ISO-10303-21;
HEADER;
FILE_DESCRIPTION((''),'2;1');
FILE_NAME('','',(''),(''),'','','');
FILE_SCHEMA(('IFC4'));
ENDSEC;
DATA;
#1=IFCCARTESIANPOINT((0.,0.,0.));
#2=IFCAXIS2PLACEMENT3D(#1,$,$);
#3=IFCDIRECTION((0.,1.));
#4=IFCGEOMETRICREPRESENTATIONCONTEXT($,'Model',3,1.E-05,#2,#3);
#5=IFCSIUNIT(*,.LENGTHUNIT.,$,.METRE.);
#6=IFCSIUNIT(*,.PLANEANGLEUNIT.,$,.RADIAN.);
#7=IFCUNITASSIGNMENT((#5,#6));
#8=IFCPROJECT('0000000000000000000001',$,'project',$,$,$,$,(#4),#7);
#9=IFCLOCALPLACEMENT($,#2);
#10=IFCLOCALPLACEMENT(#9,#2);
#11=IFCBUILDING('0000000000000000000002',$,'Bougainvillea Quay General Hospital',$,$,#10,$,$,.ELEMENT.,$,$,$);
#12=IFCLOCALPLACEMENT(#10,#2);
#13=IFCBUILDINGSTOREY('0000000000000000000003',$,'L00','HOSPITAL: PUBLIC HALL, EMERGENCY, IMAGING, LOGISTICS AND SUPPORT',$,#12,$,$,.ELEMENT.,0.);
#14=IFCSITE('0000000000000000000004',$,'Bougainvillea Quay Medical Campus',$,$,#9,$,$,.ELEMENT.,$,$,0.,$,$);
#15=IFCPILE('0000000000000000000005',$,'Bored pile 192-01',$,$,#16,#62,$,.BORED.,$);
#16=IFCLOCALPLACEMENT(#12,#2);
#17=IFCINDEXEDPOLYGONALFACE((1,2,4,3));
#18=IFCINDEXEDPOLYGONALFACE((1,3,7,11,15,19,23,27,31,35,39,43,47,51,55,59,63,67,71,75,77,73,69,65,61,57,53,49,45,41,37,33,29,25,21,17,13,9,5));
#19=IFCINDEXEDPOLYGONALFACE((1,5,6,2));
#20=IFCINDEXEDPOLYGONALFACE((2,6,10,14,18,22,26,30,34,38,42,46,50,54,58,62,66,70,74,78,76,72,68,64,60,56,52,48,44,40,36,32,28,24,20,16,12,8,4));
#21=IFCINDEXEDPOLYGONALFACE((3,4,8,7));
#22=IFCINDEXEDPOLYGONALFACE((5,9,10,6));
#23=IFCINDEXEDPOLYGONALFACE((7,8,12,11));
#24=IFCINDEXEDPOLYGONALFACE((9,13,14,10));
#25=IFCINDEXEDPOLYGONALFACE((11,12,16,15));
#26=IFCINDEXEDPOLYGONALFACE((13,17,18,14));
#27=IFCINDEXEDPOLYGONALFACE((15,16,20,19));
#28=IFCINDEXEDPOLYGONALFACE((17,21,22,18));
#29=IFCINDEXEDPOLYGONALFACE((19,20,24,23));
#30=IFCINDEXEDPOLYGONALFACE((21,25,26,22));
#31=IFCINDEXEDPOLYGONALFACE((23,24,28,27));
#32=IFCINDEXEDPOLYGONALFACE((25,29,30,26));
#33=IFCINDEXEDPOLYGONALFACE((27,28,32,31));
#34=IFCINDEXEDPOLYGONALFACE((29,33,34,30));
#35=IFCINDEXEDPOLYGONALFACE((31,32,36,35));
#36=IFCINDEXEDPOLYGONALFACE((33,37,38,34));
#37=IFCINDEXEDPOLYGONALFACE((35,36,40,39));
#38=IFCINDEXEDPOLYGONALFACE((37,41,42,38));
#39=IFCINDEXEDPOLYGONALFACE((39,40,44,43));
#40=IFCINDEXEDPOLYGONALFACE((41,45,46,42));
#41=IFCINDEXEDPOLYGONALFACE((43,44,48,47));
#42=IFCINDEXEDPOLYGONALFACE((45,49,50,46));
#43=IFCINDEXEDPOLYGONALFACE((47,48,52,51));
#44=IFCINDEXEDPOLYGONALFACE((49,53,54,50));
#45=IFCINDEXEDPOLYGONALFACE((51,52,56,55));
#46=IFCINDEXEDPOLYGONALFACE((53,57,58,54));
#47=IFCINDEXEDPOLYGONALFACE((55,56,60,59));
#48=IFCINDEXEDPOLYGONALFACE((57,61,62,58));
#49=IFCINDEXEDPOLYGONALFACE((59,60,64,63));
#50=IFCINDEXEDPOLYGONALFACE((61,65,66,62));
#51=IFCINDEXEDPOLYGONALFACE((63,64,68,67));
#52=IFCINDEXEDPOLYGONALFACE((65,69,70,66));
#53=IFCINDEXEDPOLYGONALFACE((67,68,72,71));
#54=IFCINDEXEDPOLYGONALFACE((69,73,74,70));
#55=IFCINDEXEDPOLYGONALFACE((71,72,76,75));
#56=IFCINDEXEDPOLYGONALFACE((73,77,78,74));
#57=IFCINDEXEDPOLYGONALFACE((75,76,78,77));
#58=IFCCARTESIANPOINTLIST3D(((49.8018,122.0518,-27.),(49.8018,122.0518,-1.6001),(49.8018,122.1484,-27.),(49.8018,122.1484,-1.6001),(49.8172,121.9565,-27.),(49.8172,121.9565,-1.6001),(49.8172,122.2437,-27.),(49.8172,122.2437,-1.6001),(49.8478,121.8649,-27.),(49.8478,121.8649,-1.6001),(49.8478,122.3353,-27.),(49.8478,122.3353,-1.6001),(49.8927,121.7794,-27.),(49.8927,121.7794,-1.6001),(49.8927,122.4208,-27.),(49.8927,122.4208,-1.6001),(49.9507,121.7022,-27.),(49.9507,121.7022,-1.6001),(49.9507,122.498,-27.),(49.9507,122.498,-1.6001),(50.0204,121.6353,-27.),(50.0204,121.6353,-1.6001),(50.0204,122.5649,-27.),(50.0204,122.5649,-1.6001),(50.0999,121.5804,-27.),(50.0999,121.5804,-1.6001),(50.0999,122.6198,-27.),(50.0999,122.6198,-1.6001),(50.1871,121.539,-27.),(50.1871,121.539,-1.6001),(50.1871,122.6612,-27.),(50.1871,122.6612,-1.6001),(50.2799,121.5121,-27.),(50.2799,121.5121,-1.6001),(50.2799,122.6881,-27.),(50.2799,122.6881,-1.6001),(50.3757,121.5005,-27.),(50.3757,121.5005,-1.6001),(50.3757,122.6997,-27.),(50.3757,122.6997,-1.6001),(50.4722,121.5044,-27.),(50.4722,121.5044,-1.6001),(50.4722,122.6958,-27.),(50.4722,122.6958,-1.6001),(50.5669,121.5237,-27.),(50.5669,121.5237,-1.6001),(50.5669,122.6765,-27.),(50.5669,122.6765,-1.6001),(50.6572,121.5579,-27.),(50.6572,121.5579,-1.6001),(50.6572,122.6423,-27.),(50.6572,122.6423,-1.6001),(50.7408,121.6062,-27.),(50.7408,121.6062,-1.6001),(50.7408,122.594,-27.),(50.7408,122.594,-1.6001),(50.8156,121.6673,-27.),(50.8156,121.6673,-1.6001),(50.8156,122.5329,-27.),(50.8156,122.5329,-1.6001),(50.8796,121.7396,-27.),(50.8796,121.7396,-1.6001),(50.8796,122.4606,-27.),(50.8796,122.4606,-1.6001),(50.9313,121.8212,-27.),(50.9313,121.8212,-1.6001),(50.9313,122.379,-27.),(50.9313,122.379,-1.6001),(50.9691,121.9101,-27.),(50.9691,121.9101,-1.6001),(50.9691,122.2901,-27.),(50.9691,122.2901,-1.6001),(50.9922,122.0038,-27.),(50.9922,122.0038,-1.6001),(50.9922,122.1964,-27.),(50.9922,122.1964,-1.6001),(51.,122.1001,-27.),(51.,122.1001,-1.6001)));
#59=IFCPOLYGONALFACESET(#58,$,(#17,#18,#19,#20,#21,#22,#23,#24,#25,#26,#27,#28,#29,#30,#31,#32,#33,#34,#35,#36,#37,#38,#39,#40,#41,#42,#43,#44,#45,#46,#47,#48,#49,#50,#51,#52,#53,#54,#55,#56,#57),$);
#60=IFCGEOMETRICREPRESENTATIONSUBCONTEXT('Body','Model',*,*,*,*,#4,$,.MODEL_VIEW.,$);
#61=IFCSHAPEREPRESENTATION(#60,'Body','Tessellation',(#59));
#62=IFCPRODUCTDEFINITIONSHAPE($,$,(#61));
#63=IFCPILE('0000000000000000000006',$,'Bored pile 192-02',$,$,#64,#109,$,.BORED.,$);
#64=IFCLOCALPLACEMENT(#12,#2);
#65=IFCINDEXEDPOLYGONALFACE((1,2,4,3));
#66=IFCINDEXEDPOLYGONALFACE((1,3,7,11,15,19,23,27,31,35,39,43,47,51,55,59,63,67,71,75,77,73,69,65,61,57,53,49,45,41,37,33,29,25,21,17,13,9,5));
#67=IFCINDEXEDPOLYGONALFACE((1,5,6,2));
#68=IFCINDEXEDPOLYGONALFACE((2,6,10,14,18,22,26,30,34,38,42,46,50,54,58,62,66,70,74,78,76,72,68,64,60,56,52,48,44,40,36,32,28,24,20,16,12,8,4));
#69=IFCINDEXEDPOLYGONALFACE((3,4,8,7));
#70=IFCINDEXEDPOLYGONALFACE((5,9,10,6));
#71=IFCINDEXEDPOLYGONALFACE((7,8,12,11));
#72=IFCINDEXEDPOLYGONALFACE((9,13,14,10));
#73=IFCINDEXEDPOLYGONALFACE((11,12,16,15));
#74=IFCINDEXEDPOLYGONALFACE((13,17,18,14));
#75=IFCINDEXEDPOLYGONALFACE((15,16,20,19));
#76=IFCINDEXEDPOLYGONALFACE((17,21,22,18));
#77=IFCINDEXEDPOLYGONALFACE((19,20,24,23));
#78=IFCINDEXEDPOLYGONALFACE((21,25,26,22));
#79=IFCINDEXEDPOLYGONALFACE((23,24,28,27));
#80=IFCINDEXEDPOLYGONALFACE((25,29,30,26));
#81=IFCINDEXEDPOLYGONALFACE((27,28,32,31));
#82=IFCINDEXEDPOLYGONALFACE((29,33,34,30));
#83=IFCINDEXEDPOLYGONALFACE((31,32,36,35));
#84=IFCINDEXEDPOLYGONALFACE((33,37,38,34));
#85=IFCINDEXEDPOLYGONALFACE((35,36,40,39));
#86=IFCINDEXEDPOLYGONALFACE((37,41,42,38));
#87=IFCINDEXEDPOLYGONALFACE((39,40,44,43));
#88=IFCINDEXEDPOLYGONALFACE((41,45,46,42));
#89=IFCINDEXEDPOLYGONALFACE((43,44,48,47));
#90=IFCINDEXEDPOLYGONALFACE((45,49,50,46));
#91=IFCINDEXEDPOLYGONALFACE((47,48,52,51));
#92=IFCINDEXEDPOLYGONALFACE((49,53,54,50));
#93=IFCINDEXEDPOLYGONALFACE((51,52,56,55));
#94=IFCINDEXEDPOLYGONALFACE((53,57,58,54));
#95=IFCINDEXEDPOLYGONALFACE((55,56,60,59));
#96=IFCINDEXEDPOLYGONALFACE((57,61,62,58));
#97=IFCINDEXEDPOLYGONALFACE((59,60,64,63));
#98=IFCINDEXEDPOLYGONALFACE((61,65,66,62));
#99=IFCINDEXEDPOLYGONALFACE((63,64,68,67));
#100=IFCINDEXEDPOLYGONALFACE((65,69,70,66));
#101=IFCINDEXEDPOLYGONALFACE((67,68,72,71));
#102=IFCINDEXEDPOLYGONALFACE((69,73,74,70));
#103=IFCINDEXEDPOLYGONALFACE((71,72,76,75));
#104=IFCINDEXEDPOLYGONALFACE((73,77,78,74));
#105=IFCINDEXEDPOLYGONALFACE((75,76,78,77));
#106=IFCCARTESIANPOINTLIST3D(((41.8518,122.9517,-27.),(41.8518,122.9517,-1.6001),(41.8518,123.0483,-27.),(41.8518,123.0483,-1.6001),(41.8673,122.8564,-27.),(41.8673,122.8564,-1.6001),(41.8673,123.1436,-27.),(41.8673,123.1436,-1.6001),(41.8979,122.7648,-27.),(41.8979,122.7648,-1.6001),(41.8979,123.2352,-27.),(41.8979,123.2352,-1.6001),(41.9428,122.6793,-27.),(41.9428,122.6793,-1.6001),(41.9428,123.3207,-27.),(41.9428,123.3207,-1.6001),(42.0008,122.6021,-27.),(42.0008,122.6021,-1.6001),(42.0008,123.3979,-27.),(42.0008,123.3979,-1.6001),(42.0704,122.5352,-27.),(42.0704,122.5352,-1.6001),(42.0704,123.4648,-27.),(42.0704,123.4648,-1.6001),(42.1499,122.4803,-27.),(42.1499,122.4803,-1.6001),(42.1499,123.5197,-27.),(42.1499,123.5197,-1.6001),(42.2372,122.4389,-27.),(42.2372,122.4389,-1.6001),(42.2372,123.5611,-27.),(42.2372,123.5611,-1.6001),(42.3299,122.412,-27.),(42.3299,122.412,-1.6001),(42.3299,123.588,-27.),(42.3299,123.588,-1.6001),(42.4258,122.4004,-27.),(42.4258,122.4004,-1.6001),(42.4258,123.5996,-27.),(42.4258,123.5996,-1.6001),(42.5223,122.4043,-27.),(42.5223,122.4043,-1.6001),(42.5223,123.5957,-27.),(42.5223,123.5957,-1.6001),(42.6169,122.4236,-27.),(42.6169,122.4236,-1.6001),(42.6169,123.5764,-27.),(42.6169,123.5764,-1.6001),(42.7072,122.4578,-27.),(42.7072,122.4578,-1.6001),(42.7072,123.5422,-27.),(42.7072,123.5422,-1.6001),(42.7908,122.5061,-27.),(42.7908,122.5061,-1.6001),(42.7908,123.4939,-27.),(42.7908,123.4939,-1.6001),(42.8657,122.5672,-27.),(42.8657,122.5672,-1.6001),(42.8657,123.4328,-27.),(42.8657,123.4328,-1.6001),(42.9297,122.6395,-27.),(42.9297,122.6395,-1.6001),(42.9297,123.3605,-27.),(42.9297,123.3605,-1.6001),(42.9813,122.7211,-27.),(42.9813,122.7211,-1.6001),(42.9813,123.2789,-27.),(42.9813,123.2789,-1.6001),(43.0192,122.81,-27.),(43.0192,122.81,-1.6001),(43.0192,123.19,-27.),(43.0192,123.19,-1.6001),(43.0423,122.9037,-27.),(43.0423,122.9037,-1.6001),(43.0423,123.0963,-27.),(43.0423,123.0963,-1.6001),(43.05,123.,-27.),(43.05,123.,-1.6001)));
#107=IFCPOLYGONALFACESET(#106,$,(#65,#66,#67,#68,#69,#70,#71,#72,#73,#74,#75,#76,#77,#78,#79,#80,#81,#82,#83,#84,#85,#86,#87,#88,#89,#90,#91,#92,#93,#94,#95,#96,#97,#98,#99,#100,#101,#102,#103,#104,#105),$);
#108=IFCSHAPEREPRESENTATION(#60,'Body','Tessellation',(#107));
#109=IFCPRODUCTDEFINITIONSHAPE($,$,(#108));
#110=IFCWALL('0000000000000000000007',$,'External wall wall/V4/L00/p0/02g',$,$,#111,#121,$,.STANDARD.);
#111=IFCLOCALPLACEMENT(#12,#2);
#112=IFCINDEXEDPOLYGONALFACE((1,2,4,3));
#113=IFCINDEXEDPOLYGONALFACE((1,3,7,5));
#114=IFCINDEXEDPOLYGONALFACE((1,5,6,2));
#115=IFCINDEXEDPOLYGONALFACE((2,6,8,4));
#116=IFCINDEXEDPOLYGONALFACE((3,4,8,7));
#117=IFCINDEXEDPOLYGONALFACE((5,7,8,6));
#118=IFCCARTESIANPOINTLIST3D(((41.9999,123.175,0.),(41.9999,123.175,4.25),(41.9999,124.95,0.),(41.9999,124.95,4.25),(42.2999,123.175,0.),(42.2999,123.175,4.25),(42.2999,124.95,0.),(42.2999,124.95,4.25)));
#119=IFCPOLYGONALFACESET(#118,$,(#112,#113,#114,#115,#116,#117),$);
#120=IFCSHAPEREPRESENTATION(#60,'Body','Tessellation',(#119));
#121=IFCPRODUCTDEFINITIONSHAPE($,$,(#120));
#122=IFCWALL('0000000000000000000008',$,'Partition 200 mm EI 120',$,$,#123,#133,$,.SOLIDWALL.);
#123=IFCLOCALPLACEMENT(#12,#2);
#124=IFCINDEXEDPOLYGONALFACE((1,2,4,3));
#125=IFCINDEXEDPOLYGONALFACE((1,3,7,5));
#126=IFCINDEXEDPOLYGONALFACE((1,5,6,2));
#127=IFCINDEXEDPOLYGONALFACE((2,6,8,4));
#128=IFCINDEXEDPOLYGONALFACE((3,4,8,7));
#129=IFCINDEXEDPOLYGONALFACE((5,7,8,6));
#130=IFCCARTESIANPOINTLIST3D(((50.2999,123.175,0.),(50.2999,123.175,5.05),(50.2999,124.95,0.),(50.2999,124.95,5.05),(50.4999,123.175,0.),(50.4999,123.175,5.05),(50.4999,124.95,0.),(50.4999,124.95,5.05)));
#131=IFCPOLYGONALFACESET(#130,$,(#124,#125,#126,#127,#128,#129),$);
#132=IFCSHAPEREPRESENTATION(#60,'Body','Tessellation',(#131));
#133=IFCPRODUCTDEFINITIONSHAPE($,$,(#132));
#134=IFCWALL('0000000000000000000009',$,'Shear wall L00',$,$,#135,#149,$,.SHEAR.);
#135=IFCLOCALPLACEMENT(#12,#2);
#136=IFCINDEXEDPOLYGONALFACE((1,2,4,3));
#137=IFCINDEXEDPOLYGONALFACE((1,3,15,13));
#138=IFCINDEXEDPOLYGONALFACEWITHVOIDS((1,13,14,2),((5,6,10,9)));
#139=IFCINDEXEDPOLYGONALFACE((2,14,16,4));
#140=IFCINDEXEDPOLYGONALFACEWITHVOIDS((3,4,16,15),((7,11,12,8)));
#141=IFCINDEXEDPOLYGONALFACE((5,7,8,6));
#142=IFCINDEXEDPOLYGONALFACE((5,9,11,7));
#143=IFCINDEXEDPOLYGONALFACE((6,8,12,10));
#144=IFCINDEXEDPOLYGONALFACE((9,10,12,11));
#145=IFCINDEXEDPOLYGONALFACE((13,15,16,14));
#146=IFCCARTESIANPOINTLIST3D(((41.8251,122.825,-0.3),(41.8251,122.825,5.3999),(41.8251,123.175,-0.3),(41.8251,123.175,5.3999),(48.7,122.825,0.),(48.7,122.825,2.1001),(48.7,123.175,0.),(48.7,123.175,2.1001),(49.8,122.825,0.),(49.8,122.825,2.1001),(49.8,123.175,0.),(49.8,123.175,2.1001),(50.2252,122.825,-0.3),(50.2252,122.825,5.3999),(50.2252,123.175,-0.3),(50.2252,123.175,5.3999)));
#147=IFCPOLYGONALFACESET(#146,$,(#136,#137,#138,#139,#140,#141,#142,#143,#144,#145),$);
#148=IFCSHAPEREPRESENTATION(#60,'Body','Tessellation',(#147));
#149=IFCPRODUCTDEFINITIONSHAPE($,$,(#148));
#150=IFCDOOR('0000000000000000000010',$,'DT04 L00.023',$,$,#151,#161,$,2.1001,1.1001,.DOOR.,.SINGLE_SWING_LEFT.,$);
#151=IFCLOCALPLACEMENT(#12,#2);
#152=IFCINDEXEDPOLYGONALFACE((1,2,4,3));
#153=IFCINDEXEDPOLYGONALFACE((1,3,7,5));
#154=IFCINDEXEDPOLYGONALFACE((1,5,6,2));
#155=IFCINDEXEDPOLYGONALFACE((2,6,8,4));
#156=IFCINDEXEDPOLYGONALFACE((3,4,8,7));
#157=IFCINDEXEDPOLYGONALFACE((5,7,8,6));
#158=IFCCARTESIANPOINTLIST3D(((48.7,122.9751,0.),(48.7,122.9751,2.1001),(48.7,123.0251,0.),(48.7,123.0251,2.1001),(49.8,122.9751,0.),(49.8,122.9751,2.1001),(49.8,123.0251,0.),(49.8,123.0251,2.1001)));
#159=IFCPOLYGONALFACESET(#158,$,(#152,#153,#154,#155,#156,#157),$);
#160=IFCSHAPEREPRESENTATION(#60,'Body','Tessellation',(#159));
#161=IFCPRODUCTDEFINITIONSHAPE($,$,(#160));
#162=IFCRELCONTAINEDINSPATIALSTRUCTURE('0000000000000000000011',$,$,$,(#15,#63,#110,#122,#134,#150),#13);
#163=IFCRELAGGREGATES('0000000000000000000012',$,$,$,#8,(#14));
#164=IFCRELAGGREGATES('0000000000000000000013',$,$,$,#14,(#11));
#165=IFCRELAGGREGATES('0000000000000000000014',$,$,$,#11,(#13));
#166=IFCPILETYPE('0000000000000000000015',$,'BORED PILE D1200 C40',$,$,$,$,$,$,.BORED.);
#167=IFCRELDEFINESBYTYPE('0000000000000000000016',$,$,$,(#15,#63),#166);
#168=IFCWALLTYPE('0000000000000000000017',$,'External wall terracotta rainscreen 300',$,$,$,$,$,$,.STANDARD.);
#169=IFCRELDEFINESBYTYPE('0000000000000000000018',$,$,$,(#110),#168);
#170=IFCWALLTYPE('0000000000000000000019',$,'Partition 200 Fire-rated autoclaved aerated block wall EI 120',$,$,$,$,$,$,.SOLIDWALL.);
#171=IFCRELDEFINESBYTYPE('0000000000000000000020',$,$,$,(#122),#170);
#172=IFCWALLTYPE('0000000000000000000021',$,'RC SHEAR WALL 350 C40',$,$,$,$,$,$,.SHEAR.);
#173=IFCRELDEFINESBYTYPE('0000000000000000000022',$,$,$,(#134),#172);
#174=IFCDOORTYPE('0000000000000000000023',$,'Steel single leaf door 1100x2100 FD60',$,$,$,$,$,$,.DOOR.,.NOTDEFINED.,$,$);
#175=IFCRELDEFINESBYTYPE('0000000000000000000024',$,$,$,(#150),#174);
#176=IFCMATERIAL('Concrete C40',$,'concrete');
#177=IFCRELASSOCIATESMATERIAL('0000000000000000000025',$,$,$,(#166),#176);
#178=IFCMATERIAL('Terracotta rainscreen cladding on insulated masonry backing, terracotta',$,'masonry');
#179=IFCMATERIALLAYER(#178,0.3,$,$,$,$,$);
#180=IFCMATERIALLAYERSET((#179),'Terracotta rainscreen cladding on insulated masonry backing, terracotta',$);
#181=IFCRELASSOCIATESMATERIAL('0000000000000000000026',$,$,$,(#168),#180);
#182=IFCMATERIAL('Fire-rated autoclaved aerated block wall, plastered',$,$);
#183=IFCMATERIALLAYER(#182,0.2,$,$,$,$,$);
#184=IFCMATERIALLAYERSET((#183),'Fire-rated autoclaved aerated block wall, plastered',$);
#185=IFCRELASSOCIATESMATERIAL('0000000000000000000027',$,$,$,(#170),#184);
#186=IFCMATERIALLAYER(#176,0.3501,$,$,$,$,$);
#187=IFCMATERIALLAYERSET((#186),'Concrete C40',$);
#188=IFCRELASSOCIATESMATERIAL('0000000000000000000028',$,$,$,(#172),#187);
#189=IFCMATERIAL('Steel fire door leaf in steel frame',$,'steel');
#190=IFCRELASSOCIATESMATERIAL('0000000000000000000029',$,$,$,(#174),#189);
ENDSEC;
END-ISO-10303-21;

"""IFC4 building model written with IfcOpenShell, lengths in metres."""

from ifc_helpers import new_model, si_unit, direction, frame, frame_2d, origin, origin_2d, place, context, subcontext, project, spatial, rectangle, circle, extrude, material, layer, layer_set, material_profile, profile_set, type_object, element, fill, save


model = new_model("IFC4")

# Units and contexts
model_context = context("Model", 3, precision=1e-05, world=origin(), true_north=direction((0.0, 1.0)))
body_context = subcontext(model_context, "Body", "Model", "MODEL_VIEW")
ifc_project = project(units=[si_unit("LENGTHUNIT", "METRE"), si_unit("PLANEANGLEUNIT", "RADIAN")], contexts=[model_context])

# Site, building, storey
site_placement = place(None, origin())
site = spatial("IfcSite", under=ifc_project, at=site_placement, Name="Bougainvillea Quay Medical Campus", CompositionType="ELEMENT", RefElevation=0.0)
building_placement = place(site_placement, origin())
building = spatial("IfcBuilding", under=site, at=building_placement, Name="Bougainvillea Quay General Hospital", CompositionType="ELEMENT")
storey_placement = place(building_placement, origin())
storey = spatial("IfcBuildingStorey", under=building, at=storey_placement, Name="L00", Description="HOSPITAL: PUBLIC HALL, EMERGENCY, IMAGING, LOGISTICS AND SUPPORT", CompositionType="ELEMENT", Elevation=0.0)

# Piles
ifc_material_1 = material(Name="Concrete C40", Category="concrete")
ifc_material_profile = material_profile(ifc_material_1, circle(Radius=0.6001, at=origin_2d()))
ifc_profile_set = profile_set([ifc_material_profile], Name="Concrete C40")
pile_type = type_object("IfcPileType", Name="BORED PILE D1200 C40", PredefinedType="BORED", material=ifc_profile_set)
for number, where, z_axis, x_axis, name in (
    (1, (50.3999, 122.1001, -1.6001), (0.0, 0.0, -1.0), (1.0, 0.0, 0.0), "Bored pile 192-01"),
    (2, (42.45, 123.0, -1.6001), (0.0, 0.0, -1.0), (1.0, 0.0, 0.0), "Bored pile 192-02"),
):
    element("IfcPile", number, at=place(storey_placement, frame(where, z_axis=z_axis, x_axis=x_axis)), inside=storey, type_object=pile_type, Name=name, PredefinedType="BORED", context=body_context, shape_type="SweptSolid", body=[
        extrude(circle(Radius=0.6001, at=origin_2d()), origin(), (0.0, 0.0, 1.0), 25.3999),
    ])

# Walls
ifc_material_2 = material(Name="Terracotta rainscreen cladding on insulated masonry backing, terracotta", Category="masonry")
ifc_layer_1 = layer(ifc_material_2, 0.3)
ifc_layer_set_1 = layer_set([ifc_layer_1], Name="Terracotta rainscreen cladding on insulated masonry backing, terracotta")
wall_type_1 = type_object("IfcWallType", Name="External wall terracotta rainscreen 300", PredefinedType="STANDARD", material=ifc_layer_set_1)
wall_1_placement = place(storey_placement, frame((42.1499, 124.95, 0.0), z_axis=(0.0, 0.0, 1.0), x_axis=(0.0, -1.0, 0.0)))
element("IfcWall", 3, at=wall_1_placement, inside=storey, type_object=wall_type_1, Name="External wall wall/V4/L00/p0/02g", PredefinedType="STANDARD", context=body_context, shape_type="SweptSolid", body=[
    extrude(rectangle(XDim=1.7749, YDim=0.3, at=frame_2d((0.8875, 0.0))), origin(), (0.0, 0.0, 1.0), 4.25),
])
ifc_material_3 = material(Name="Fire-rated autoclaved aerated block wall, plastered")
ifc_layer_2 = layer(ifc_material_3, 0.2)
ifc_layer_set_2 = layer_set([ifc_layer_2], Name="Fire-rated autoclaved aerated block wall, plastered")
wall_type_2 = type_object("IfcWallType", Name="Partition 200 Fire-rated autoclaved aerated block wall EI 120", PredefinedType="SOLIDWALL", material=ifc_layer_set_2)
wall_2_placement = place(storey_placement, frame((50.3999, 123.175, 0.0), z_axis=(0.0, 0.0, 1.0), x_axis=(0.0, 1.0, 0.0)))
element("IfcWall", 4, at=wall_2_placement, inside=storey, type_object=wall_type_2, Name="Partition 200 mm EI 120", PredefinedType="SOLIDWALL", context=body_context, shape_type="SweptSolid", body=[
    extrude(rectangle(XDim=1.7749, YDim=0.2, at=frame_2d((0.8875, 0.0))), origin(), (0.0, 0.0, 1.0), 5.05),
])

# Wall, opening, door
ifc_layer_3 = layer(ifc_material_1, 0.3501)
ifc_layer_set_3 = layer_set([ifc_layer_3], Name="Concrete C40")
wall_type_3 = type_object("IfcWallType", Name="RC SHEAR WALL 350 C40", PredefinedType="SHEAR", material=ifc_layer_set_3)
wall_3_placement = place(storey_placement, frame((41.825, 123.0, -0.3), z_axis=(0.0, 0.0, 1.0), x_axis=(1.0, 0.0, 0.0)))
wall_3 = element("IfcWall", 5, at=wall_3_placement, inside=storey, type_object=wall_type_3, Name="Shear wall L00", PredefinedType="SHEAR", context=body_context, shape_type="SweptSolid", body=[
    extrude(rectangle(XDim=8.4001, YDim=0.3501, at=frame_2d((4.2002, 0.0))), origin(), (0.0, 0.0, 1.0), 5.7),
])
opening_placement = place(wall_3_placement, frame((6.875, 0.0, 0.3)))
opening = element("IfcOpeningElement", 6, at=opening_placement, cuts=wall_3, PredefinedType="OPENING", context=body_context, shape_type="SweptSolid", body=[
    extrude(rectangle(XDim=1.1001, YDim=2.1001, at=frame_2d((0.55, 1.05))), frame((0.0, 0.1851, 0.0), z_axis=(0.0, -1.0, 0.0), x_axis=(1.0, 0.0, 0.0)), (0.0, 0.0, 1.0), 0.3701),
])
ifc_material_4 = material(Name="Steel fire door leaf in steel frame", Category="steel")
door_type = type_object("IfcDoorType", Name="Steel single leaf door 1100x2100 FD60", OperationType="NOTDEFINED", PredefinedType="DOOR", material=ifc_material_4)
door_placement = place(opening_placement, frame((1.1001, 0.0, 0.0), z_axis=(0.0, 0.0, 1.0), x_axis=(-1.0, 0.0, 0.0)))
door = element("IfcDoor", 7, at=door_placement, inside=storey, type_object=door_type, Name="DT04 L00.023", OperationType="SINGLE_SWING_LEFT", OverallHeight=2.1001, OverallWidth=1.1001, PredefinedType="DOOR", context=body_context, shape_type="SweptSolid", body=[
    extrude(rectangle(XDim=1.1001, YDim=2.1001, at=frame_2d((0.55, 1.05))), frame((0.0, 0.0249, 0.0), z_axis=(0.0, -1.0, 0.0), x_axis=(1.0, 0.0, 0.0)), (0.0, 0.0, 1.0), 0.05),
])
fill(opening, door)

save(model, "model.ifc")
